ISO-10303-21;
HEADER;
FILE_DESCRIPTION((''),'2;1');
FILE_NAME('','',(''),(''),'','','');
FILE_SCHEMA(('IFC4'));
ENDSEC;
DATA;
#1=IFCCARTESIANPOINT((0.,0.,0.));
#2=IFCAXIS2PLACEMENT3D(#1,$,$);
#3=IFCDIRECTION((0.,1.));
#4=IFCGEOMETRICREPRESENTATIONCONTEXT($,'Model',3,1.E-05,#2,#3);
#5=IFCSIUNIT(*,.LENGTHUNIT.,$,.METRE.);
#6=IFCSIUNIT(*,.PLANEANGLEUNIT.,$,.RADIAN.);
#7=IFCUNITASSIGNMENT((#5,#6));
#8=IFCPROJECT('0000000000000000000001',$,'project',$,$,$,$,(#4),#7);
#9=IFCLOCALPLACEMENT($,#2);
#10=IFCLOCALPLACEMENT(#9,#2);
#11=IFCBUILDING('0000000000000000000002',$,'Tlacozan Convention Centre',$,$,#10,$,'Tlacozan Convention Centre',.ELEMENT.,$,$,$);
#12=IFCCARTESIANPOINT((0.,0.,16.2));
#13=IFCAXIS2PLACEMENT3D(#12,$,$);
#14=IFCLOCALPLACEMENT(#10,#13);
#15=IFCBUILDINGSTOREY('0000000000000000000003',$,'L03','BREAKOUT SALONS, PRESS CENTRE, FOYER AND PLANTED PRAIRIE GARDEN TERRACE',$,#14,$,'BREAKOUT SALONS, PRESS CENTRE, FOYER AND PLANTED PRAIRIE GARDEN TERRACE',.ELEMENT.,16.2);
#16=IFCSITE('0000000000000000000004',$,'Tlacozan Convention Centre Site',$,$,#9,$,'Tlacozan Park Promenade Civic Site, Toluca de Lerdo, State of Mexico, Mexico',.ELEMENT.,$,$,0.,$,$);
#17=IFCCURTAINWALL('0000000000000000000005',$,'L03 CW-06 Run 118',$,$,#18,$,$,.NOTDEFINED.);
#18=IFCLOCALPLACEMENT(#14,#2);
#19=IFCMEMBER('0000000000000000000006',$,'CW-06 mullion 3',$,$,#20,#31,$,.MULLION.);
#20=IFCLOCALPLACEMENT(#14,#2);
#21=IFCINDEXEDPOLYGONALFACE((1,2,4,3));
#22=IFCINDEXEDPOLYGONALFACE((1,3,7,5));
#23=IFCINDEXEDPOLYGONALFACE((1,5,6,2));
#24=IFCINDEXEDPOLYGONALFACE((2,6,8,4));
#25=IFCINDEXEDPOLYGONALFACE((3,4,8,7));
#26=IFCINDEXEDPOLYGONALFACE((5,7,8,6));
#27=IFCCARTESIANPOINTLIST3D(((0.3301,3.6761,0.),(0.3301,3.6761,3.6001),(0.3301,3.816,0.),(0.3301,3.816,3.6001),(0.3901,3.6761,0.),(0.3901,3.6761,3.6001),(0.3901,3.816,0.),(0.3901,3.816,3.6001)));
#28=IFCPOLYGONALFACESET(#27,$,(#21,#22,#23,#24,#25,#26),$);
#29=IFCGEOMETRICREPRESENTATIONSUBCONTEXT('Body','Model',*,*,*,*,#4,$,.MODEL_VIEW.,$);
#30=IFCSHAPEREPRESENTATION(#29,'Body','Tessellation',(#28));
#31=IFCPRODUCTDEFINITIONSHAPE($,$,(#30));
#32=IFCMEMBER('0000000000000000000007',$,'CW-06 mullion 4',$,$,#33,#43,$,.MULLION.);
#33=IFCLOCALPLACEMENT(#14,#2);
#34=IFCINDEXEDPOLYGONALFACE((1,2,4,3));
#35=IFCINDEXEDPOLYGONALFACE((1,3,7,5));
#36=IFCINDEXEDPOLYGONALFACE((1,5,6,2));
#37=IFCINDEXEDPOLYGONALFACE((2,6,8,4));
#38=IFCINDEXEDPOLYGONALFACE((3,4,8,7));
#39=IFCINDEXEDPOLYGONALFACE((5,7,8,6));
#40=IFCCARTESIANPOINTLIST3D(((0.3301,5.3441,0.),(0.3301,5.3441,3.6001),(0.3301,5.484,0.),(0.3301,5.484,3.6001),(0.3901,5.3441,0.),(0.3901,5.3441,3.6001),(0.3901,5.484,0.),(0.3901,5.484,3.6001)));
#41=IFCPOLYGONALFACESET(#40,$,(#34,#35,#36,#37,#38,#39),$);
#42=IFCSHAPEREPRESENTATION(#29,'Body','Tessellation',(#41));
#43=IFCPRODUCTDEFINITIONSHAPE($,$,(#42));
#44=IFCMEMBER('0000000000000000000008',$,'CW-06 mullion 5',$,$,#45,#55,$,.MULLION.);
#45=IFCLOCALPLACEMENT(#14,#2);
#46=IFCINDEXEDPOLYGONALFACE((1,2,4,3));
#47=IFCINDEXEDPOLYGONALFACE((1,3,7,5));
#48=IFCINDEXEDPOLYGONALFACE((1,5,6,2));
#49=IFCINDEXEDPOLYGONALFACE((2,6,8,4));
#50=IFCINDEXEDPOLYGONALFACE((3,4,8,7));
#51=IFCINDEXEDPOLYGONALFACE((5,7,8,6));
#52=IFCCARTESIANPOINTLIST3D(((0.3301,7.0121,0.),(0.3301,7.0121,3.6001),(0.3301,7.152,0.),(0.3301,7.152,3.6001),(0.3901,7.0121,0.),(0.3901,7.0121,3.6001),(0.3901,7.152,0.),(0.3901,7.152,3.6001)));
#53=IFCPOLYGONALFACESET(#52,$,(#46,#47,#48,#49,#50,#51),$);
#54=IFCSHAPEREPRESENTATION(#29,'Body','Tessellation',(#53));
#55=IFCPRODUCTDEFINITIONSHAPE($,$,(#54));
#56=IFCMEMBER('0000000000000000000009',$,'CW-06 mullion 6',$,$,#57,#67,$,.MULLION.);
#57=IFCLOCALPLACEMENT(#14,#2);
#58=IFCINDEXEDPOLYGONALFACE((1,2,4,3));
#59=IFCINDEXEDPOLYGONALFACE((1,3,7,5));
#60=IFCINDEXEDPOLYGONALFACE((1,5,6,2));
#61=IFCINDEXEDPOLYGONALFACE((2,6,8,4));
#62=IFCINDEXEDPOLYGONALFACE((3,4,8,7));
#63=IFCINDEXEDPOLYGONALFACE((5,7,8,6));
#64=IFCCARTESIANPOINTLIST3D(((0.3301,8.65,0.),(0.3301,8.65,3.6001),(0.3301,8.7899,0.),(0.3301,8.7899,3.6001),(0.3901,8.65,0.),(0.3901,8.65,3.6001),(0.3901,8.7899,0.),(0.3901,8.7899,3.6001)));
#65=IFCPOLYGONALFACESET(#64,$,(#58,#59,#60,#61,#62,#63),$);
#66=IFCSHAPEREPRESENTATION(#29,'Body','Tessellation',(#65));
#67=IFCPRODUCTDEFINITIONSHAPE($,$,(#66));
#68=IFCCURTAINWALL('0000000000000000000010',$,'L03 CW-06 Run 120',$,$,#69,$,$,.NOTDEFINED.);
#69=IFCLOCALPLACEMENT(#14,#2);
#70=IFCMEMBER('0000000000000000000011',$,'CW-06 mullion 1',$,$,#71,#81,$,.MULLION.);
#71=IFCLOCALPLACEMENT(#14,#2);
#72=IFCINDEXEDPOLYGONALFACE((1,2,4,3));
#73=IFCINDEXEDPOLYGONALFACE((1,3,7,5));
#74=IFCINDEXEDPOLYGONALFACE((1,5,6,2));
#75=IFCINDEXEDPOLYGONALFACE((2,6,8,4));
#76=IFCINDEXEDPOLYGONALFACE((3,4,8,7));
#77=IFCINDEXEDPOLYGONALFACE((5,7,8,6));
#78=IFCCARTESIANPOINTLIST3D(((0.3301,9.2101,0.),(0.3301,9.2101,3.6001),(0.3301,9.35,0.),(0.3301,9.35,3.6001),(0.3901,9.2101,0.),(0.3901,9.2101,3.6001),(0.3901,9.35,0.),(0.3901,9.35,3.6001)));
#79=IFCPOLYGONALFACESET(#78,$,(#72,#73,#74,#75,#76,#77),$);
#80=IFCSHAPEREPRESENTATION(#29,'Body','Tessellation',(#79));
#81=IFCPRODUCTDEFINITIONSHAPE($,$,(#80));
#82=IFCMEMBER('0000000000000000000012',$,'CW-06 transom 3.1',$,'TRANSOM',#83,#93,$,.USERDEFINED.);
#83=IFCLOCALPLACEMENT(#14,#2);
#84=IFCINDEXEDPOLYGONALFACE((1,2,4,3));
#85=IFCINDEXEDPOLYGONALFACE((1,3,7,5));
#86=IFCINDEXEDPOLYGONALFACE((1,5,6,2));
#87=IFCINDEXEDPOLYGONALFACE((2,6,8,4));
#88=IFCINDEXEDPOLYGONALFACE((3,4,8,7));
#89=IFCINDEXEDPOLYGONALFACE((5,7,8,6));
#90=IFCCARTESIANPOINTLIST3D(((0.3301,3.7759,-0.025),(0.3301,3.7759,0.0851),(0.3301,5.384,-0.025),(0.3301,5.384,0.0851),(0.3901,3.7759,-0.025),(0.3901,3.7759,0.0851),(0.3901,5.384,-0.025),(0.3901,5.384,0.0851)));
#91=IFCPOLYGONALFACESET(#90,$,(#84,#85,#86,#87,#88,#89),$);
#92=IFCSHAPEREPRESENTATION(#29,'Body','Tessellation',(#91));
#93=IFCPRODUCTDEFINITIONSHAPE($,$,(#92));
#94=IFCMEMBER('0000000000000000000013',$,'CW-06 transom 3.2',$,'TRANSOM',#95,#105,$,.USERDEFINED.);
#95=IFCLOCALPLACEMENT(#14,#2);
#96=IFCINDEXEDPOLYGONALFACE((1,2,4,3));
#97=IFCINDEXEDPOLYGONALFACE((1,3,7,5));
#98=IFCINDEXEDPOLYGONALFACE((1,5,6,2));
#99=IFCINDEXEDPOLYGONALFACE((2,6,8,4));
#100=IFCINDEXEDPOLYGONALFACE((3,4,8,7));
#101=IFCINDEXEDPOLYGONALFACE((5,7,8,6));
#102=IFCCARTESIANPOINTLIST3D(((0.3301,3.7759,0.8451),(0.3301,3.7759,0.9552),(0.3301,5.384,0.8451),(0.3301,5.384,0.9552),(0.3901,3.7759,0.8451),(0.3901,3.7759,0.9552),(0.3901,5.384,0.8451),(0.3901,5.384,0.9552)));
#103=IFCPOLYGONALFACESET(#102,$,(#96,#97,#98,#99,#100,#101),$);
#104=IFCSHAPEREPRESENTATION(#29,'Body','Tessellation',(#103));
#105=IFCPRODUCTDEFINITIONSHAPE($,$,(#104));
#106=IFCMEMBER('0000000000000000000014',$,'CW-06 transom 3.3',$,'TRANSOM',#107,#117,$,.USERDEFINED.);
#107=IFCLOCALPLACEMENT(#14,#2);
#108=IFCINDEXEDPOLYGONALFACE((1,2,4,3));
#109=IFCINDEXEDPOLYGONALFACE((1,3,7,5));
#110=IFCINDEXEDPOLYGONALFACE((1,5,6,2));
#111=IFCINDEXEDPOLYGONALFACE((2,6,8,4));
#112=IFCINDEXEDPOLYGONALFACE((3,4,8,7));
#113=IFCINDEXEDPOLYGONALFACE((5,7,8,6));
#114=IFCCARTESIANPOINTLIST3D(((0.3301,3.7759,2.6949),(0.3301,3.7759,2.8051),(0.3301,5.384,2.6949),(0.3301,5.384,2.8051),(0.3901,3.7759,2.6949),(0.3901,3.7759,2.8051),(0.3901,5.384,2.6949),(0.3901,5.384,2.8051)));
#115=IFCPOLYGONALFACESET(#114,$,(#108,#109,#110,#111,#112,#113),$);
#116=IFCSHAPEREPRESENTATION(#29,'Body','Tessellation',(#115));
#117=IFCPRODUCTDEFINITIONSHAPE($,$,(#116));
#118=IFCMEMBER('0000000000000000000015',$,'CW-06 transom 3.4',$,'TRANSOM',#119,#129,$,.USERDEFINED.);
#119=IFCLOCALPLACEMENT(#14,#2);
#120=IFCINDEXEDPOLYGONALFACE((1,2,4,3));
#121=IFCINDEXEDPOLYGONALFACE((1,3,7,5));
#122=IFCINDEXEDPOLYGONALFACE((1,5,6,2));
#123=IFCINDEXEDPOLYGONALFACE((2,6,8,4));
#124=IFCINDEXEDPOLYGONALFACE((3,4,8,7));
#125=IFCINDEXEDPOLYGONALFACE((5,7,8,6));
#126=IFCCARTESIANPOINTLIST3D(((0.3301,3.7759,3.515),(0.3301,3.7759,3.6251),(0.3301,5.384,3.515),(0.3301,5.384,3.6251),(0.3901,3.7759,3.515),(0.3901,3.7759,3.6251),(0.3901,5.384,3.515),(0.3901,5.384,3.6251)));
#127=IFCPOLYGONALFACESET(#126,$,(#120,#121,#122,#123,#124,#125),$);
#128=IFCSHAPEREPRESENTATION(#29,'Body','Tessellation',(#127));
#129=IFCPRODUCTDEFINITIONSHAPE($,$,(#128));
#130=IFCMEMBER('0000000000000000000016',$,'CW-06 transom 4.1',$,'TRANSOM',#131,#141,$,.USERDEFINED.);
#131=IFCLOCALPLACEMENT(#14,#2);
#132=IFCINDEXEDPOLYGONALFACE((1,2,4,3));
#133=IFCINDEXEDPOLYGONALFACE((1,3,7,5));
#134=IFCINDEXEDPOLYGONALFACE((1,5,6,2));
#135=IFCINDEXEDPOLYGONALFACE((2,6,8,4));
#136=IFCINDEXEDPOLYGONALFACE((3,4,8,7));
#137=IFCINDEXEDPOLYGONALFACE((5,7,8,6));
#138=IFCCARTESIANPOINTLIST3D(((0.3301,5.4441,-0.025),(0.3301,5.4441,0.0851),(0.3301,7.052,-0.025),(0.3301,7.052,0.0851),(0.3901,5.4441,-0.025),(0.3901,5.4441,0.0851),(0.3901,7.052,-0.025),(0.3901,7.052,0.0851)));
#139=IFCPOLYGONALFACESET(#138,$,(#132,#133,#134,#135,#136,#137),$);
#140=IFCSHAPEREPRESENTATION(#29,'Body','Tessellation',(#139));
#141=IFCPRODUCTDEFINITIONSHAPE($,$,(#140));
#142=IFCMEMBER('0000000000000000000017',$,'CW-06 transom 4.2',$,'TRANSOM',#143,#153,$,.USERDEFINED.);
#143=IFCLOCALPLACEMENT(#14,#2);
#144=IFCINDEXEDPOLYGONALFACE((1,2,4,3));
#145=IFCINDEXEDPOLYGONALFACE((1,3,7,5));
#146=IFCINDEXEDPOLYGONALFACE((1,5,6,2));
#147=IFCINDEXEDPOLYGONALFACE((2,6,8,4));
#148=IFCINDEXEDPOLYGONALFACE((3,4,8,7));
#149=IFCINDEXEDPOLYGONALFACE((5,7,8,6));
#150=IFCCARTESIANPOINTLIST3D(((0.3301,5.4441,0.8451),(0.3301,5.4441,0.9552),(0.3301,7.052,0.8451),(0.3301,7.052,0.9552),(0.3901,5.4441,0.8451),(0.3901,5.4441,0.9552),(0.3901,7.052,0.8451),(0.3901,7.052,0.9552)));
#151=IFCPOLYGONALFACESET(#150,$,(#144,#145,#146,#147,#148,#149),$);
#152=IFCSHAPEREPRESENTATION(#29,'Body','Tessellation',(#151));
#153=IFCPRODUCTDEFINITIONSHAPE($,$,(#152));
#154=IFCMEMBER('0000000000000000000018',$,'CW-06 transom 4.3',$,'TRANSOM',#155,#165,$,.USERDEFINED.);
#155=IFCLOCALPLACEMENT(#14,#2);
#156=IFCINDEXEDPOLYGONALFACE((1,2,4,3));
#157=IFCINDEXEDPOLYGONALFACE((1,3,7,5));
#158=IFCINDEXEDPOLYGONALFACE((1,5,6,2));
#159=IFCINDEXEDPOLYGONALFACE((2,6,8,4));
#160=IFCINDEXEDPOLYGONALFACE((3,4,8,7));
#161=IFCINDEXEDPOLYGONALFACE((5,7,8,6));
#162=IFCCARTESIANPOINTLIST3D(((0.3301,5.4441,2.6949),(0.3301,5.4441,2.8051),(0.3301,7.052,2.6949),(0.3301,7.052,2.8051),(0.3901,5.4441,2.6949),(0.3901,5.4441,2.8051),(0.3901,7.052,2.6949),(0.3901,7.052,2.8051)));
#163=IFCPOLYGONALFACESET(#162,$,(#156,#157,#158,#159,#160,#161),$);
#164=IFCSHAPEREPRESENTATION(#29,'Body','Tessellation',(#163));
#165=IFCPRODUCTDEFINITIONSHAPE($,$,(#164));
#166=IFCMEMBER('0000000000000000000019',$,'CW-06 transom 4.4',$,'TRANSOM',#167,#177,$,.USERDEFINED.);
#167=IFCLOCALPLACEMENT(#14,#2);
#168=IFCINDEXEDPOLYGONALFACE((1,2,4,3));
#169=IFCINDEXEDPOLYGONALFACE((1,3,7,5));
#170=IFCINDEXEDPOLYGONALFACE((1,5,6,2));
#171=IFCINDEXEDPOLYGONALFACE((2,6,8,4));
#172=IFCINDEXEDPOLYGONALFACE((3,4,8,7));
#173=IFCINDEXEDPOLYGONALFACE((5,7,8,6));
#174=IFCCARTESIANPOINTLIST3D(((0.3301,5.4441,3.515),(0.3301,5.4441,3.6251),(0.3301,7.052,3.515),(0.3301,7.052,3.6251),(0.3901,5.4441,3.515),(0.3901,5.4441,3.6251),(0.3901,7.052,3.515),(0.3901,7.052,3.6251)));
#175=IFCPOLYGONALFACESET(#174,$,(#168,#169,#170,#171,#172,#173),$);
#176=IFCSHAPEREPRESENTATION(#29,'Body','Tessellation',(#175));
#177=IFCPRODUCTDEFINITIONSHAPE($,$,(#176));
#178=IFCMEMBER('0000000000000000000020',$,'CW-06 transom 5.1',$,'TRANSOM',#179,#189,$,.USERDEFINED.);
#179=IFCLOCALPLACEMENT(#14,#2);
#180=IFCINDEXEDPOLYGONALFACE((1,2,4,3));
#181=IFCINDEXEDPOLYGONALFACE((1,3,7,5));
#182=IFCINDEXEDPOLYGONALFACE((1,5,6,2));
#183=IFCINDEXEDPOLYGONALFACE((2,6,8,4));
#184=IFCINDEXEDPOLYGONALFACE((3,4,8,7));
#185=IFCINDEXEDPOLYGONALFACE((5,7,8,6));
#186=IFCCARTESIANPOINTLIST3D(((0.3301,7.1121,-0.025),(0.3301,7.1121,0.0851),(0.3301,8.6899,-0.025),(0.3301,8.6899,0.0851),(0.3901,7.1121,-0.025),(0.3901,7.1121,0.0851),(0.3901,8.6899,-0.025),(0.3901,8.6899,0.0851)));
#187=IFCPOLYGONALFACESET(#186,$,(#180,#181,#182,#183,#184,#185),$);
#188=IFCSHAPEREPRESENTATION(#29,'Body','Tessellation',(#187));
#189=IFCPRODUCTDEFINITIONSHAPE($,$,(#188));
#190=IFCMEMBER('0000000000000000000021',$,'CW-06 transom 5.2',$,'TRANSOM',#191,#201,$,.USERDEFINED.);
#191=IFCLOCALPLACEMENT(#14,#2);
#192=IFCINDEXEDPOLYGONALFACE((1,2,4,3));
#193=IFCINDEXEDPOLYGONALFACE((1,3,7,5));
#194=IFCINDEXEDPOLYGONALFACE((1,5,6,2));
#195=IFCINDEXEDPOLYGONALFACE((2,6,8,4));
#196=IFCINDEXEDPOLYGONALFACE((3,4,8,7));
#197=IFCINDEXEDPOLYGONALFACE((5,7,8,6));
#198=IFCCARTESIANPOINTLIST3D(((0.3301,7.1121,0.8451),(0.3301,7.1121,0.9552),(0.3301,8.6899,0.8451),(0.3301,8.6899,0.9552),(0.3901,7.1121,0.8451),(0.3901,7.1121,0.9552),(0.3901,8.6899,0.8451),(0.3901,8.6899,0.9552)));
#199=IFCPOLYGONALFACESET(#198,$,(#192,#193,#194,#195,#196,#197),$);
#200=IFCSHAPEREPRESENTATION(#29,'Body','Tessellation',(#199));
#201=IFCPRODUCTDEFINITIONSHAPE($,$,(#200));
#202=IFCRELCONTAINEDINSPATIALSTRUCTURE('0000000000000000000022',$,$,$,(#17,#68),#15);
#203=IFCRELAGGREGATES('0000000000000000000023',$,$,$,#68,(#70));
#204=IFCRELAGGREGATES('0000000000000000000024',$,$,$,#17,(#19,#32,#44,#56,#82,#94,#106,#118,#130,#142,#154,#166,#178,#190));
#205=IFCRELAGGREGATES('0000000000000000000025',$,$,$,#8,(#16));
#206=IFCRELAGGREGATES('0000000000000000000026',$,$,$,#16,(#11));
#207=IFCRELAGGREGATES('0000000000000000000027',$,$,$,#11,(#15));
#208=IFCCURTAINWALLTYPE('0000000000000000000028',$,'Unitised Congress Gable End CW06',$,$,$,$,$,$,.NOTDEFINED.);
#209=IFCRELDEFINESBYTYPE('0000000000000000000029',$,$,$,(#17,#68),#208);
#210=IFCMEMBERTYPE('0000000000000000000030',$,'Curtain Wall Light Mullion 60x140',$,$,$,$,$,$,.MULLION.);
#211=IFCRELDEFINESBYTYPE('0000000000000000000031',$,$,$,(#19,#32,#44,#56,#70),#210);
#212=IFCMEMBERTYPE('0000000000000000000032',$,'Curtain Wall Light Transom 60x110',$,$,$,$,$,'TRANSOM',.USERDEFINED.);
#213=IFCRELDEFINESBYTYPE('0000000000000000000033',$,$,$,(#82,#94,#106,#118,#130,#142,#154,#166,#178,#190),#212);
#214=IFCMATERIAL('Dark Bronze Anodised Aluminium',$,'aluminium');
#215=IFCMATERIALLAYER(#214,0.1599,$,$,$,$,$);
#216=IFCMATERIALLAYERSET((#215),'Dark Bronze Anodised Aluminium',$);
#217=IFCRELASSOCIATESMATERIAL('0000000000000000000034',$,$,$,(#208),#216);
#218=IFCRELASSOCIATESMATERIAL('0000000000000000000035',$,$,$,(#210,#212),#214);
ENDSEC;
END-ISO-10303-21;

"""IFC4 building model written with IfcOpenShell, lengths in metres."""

from ifc_helpers import new_model, si_unit, direction, frame, origin, origin_2d, place, context, subcontext, project, spatial, rectangle, extrude, material, layer, layer_set, material_profile, profile_set, type_object, element, aggregate, save


model = new_model("IFC4")

# Units and contexts
model_context = context("Model", 3, precision=1e-05, world=origin(), true_north=direction((0.0, 1.0)))
body_context = subcontext(model_context, "Body", "Model", "MODEL_VIEW")
ifc_project = project(units=[si_unit("LENGTHUNIT", "METRE"), si_unit("PLANEANGLEUNIT", "RADIAN")], contexts=[model_context])

# Site, building, storey
site_placement = place(None, origin())
site = spatial("IfcSite", under=ifc_project, at=site_placement, Name="Tlacozan Convention Centre Site", LongName="Tlacozan Park Promenade Civic Site, Toluca de Lerdo, State of Mexico, Mexico", CompositionType="ELEMENT", RefElevation=0.0)
building_placement = place(site_placement, origin())
building = spatial("IfcBuilding", under=site, at=building_placement, Name="Tlacozan Convention Centre", LongName="Tlacozan Convention Centre", CompositionType="ELEMENT")
storey_placement = place(building_placement, frame((0.0, 0.0, 16.2)))
storey = spatial("IfcBuildingStorey", under=building, at=storey_placement, Name="L03", Description="BREAKOUT SALONS, PRESS CENTRE, FOYER AND PLANTED PRAIRIE GARDEN TERRACE", LongName="BREAKOUT SALONS, PRESS CENTRE, FOYER AND PLANTED PRAIRIE GARDEN TERRACE", CompositionType="ELEMENT", Elevation=16.2)

# Curtain wall, members
ifc_material_1 = material(Name="Dark Bronze Anodised Aluminium", Category="aluminium")
ifc_layer_1 = layer(ifc_material_1, 0.1599)
ifc_layer_set_1 = layer_set([ifc_layer_1], Name="Dark Bronze Anodised Aluminium")
curtain_wall_type = type_object("IfcCurtainWallType", Name="Unitised Congress Gable End CW06", PredefinedType="NOTDEFINED", material=ifc_layer_set_1)
curtain_wall_1_placement = place(storey_placement, origin())
curtain_wall_1 = element("IfcCurtainWall", 1, at=curtain_wall_1_placement, inside=storey, type_object=curtain_wall_type, Name="L03 CW-06 Run 118", PredefinedType="NOTDEFINED")
ifc_material_profile_1 = material_profile(ifc_material_1, rectangle(XDim=0.0601, YDim=0.1399, at=origin_2d()), Name="ALU 60x140")
ifc_profile_set_1 = profile_set([ifc_material_profile_1], Name="Dark Bronze Anodised Aluminium")
member_type_1 = type_object("IfcMemberType", Name="Curtain Wall Light Mullion 60x140", PredefinedType="MULLION", material=ifc_profile_set_1)
member_1_placement = place(storey_placement, frame((0.3601, 3.7461, 0.0), z_axis=(0.0, 0.0, 1.0), x_axis=(-1.0, 0.0, 0.0)))
member_1 = element("IfcMember", 2, at=member_1_placement, type_object=member_type_1, Name="CW-06 mullion 3", PredefinedType="MULLION", context=body_context, shape_type="SweptSolid", body=[
    extrude(rectangle(XDim=0.0601, YDim=0.1399, at=origin_2d()), origin(), (0.0, 0.0, 1.0), 3.6001),
])
member_2_placement = place(storey_placement, frame((0.3601, 5.4141, 0.0), z_axis=(0.0, 0.0, 1.0), x_axis=(-1.0, 0.0, 0.0)))
member_2 = element("IfcMember", 3, at=member_2_placement, type_object=member_type_1, Name="CW-06 mullion 4", PredefinedType="MULLION", context=body_context, shape_type="SweptSolid", body=[
    extrude(rectangle(XDim=0.0601, YDim=0.1399, at=origin_2d()), origin(), (0.0, 0.0, 1.0), 3.6001),
])
member_3_placement = place(storey_placement, frame((0.3601, 7.082, 0.0), z_axis=(0.0, 0.0, 1.0), x_axis=(-1.0, 0.0, 0.0)))
member_3 = element("IfcMember", 4, at=member_3_placement, type_object=member_type_1, Name="CW-06 mullion 5", PredefinedType="MULLION", context=body_context, shape_type="SweptSolid", body=[
    extrude(rectangle(XDim=0.0601, YDim=0.1399, at=origin_2d()), origin(), (0.0, 0.0, 1.0), 3.6001),
])
member_4_placement = place(storey_placement, frame((0.3601, 8.72, 0.0), z_axis=(0.0, 0.0, 1.0), x_axis=(-1.0, 0.0, 0.0)))
member_4 = element("IfcMember", 5, at=member_4_placement, type_object=member_type_1, Name="CW-06 mullion 6", PredefinedType="MULLION", context=body_context, shape_type="SweptSolid", body=[
    extrude(rectangle(XDim=0.0601, YDim=0.1399, at=origin_2d()), origin(), (0.0, 0.0, 1.0), 3.6001),
])

# Curtain wall, member
curtain_wall_2_placement = place(storey_placement, origin())
curtain_wall_2 = element("IfcCurtainWall", 6, at=curtain_wall_2_placement, inside=storey, type_object=curtain_wall_type, Name="L03 CW-06 Run 120", PredefinedType="NOTDEFINED")
member_5_placement = place(storey_placement, frame((0.3601, 9.28, 0.0), z_axis=(0.0, 0.0, 1.0), x_axis=(-1.0, 0.0, 0.0)))
member_5 = element("IfcMember", 7, at=member_5_placement, type_object=member_type_1, Name="CW-06 mullion 1", PredefinedType="MULLION", context=body_context, shape_type="SweptSolid", body=[
    extrude(rectangle(XDim=0.0601, YDim=0.1399, at=origin_2d()), origin(), (0.0, 0.0, 1.0), 3.6001),
])

# Members
ifc_material_profile_2 = material_profile(ifc_material_1, rectangle(XDim=0.0601, YDim=0.1101, at=origin_2d()), Name="ALU 60x110")
ifc_profile_set_2 = profile_set([ifc_material_profile_2], Name="Dark Bronze Anodised Aluminium")
member_type_2 = type_object("IfcMemberType", Name="Curtain Wall Light Transom 60x110", ElementType="TRANSOM", PredefinedType="USERDEFINED", material=ifc_profile_set_2)
member_6_placement = place(storey_placement, frame((0.3601, 3.7759, 0.03), z_axis=(0.0, 1.0, 0.0), x_axis=(-1.0, 0.0, 0.0)))
member_6 = element("IfcMember", 8, at=member_6_placement, type_object=member_type_2, Name="CW-06 transom 3.1", ObjectType="TRANSOM", PredefinedType="USERDEFINED", context=body_context, shape_type="SweptSolid", body=[
    extrude(rectangle(XDim=0.0601, YDim=0.1101, at=origin_2d()), origin(), (0.0, 0.0, 1.0), 1.6082),
])
member_7_placement = place(storey_placement, frame((0.3601, 3.7759, 0.9001), z_axis=(0.0, 1.0, 0.0), x_axis=(-1.0, 0.0, 0.0)))
member_7 = element("IfcMember", 9, at=member_7_placement, type_object=member_type_2, Name="CW-06 transom 3.2", ObjectType="TRANSOM", PredefinedType="USERDEFINED", context=body_context, shape_type="SweptSolid", body=[
    extrude(rectangle(XDim=0.0601, YDim=0.1101, at=origin_2d()), origin(), (0.0, 0.0, 1.0), 1.6082),
])
member_8_placement = place(storey_placement, frame((0.3601, 3.7759, 2.75), z_axis=(0.0, 1.0, 0.0), x_axis=(-1.0, 0.0, 0.0)))
member_8 = element("IfcMember", 10, at=member_8_placement, type_object=member_type_2, Name="CW-06 transom 3.3", ObjectType="TRANSOM", PredefinedType="USERDEFINED", context=body_context, shape_type="SweptSolid", body=[
    extrude(rectangle(XDim=0.0601, YDim=0.1101, at=origin_2d()), origin(), (0.0, 0.0, 1.0), 1.6082),
])
member_9_placement = place(storey_placement, frame((0.3601, 3.7759, 3.5701), z_axis=(0.0, 1.0, 0.0), x_axis=(-1.0, 0.0, 0.0)))
member_9 = element("IfcMember", 11, at=member_9_placement, type_object=member_type_2, Name="CW-06 transom 3.4", ObjectType="TRANSOM", PredefinedType="USERDEFINED", context=body_context, shape_type="SweptSolid", body=[
    extrude(rectangle(XDim=0.0601, YDim=0.1101, at=origin_2d()), origin(), (0.0, 0.0, 1.0), 1.6082),
])
member_10_placement = place(storey_placement, frame((0.3601, 5.4441, 0.03), z_axis=(0.0, 1.0, 0.0), x_axis=(-1.0, 0.0, 0.0)))
member_10 = element("IfcMember", 12, at=member_10_placement, type_object=member_type_2, Name="CW-06 transom 4.1", ObjectType="TRANSOM", PredefinedType="USERDEFINED", context=body_context, shape_type="SweptSolid", body=[
    extrude(rectangle(XDim=0.0601, YDim=0.1101, at=origin_2d()), origin(), (0.0, 0.0, 1.0), 1.6079),
])
member_11_placement = place(storey_placement, frame((0.3601, 5.4441, 0.9001), z_axis=(0.0, 1.0, 0.0), x_axis=(-1.0, 0.0, 0.0)))
member_11 = element("IfcMember", 13, at=member_11_placement, type_object=member_type_2, Name="CW-06 transom 4.2", ObjectType="TRANSOM", PredefinedType="USERDEFINED", context=body_context, shape_type="SweptSolid", body=[
    extrude(rectangle(XDim=0.0601, YDim=0.1101, at=origin_2d()), origin(), (0.0, 0.0, 1.0), 1.6079),
])
member_12_placement = place(storey_placement, frame((0.3601, 5.4441, 2.75), z_axis=(0.0, 1.0, 0.0), x_axis=(-1.0, 0.0, 0.0)))
member_12 = element("IfcMember", 14, at=member_12_placement, type_object=member_type_2, Name="CW-06 transom 4.3", ObjectType="TRANSOM", PredefinedType="USERDEFINED", context=body_context, shape_type="SweptSolid", body=[
    extrude(rectangle(XDim=0.0601, YDim=0.1101, at=origin_2d()), origin(), (0.0, 0.0, 1.0), 1.6079),
])
member_13_placement = place(storey_placement, frame((0.3601, 5.4441, 3.5701), z_axis=(0.0, 1.0, 0.0), x_axis=(-1.0, 0.0, 0.0)))
member_13 = element("IfcMember", 15, at=member_13_placement, type_object=member_type_2, Name="CW-06 transom 4.4", ObjectType="TRANSOM", PredefinedType="USERDEFINED", context=body_context, shape_type="SweptSolid", body=[
    extrude(rectangle(XDim=0.0601, YDim=0.1101, at=origin_2d()), origin(), (0.0, 0.0, 1.0), 1.6079),
])
member_14_placement = place(storey_placement, frame((0.3601, 7.1121, 0.03), z_axis=(0.0, 1.0, 0.0), x_axis=(-1.0, 0.0, 0.0)))
member_14 = element("IfcMember", 16, at=member_14_placement, type_object=member_type_2, Name="CW-06 transom 5.1", ObjectType="TRANSOM", PredefinedType="USERDEFINED", context=body_context, shape_type="SweptSolid", body=[
    extrude(rectangle(XDim=0.0601, YDim=0.1101, at=origin_2d()), origin(), (0.0, 0.0, 1.0), 1.5779),
])
member_15_placement = place(storey_placement, frame((0.3601, 7.1121, 0.9001), z_axis=(0.0, 1.0, 0.0), x_axis=(-1.0, 0.0, 0.0)))
member_15 = element("IfcMember", 17, at=member_15_placement, type_object=member_type_2, Name="CW-06 transom 5.2", ObjectType="TRANSOM", PredefinedType="USERDEFINED", context=body_context, shape_type="SweptSolid", body=[
    extrude(rectangle(XDim=0.0601, YDim=0.1101, at=origin_2d()), origin(), (0.0, 0.0, 1.0), 1.5779),
])
aggregate(curtain_wall_2, [member_5])

aggregate(curtain_wall_1, [member_1, member_2, member_3, member_4, member_6, member_7, member_8, member_9, member_10, member_11, member_12, member_13, member_14, member_15])

save(model, "model.ifc")
